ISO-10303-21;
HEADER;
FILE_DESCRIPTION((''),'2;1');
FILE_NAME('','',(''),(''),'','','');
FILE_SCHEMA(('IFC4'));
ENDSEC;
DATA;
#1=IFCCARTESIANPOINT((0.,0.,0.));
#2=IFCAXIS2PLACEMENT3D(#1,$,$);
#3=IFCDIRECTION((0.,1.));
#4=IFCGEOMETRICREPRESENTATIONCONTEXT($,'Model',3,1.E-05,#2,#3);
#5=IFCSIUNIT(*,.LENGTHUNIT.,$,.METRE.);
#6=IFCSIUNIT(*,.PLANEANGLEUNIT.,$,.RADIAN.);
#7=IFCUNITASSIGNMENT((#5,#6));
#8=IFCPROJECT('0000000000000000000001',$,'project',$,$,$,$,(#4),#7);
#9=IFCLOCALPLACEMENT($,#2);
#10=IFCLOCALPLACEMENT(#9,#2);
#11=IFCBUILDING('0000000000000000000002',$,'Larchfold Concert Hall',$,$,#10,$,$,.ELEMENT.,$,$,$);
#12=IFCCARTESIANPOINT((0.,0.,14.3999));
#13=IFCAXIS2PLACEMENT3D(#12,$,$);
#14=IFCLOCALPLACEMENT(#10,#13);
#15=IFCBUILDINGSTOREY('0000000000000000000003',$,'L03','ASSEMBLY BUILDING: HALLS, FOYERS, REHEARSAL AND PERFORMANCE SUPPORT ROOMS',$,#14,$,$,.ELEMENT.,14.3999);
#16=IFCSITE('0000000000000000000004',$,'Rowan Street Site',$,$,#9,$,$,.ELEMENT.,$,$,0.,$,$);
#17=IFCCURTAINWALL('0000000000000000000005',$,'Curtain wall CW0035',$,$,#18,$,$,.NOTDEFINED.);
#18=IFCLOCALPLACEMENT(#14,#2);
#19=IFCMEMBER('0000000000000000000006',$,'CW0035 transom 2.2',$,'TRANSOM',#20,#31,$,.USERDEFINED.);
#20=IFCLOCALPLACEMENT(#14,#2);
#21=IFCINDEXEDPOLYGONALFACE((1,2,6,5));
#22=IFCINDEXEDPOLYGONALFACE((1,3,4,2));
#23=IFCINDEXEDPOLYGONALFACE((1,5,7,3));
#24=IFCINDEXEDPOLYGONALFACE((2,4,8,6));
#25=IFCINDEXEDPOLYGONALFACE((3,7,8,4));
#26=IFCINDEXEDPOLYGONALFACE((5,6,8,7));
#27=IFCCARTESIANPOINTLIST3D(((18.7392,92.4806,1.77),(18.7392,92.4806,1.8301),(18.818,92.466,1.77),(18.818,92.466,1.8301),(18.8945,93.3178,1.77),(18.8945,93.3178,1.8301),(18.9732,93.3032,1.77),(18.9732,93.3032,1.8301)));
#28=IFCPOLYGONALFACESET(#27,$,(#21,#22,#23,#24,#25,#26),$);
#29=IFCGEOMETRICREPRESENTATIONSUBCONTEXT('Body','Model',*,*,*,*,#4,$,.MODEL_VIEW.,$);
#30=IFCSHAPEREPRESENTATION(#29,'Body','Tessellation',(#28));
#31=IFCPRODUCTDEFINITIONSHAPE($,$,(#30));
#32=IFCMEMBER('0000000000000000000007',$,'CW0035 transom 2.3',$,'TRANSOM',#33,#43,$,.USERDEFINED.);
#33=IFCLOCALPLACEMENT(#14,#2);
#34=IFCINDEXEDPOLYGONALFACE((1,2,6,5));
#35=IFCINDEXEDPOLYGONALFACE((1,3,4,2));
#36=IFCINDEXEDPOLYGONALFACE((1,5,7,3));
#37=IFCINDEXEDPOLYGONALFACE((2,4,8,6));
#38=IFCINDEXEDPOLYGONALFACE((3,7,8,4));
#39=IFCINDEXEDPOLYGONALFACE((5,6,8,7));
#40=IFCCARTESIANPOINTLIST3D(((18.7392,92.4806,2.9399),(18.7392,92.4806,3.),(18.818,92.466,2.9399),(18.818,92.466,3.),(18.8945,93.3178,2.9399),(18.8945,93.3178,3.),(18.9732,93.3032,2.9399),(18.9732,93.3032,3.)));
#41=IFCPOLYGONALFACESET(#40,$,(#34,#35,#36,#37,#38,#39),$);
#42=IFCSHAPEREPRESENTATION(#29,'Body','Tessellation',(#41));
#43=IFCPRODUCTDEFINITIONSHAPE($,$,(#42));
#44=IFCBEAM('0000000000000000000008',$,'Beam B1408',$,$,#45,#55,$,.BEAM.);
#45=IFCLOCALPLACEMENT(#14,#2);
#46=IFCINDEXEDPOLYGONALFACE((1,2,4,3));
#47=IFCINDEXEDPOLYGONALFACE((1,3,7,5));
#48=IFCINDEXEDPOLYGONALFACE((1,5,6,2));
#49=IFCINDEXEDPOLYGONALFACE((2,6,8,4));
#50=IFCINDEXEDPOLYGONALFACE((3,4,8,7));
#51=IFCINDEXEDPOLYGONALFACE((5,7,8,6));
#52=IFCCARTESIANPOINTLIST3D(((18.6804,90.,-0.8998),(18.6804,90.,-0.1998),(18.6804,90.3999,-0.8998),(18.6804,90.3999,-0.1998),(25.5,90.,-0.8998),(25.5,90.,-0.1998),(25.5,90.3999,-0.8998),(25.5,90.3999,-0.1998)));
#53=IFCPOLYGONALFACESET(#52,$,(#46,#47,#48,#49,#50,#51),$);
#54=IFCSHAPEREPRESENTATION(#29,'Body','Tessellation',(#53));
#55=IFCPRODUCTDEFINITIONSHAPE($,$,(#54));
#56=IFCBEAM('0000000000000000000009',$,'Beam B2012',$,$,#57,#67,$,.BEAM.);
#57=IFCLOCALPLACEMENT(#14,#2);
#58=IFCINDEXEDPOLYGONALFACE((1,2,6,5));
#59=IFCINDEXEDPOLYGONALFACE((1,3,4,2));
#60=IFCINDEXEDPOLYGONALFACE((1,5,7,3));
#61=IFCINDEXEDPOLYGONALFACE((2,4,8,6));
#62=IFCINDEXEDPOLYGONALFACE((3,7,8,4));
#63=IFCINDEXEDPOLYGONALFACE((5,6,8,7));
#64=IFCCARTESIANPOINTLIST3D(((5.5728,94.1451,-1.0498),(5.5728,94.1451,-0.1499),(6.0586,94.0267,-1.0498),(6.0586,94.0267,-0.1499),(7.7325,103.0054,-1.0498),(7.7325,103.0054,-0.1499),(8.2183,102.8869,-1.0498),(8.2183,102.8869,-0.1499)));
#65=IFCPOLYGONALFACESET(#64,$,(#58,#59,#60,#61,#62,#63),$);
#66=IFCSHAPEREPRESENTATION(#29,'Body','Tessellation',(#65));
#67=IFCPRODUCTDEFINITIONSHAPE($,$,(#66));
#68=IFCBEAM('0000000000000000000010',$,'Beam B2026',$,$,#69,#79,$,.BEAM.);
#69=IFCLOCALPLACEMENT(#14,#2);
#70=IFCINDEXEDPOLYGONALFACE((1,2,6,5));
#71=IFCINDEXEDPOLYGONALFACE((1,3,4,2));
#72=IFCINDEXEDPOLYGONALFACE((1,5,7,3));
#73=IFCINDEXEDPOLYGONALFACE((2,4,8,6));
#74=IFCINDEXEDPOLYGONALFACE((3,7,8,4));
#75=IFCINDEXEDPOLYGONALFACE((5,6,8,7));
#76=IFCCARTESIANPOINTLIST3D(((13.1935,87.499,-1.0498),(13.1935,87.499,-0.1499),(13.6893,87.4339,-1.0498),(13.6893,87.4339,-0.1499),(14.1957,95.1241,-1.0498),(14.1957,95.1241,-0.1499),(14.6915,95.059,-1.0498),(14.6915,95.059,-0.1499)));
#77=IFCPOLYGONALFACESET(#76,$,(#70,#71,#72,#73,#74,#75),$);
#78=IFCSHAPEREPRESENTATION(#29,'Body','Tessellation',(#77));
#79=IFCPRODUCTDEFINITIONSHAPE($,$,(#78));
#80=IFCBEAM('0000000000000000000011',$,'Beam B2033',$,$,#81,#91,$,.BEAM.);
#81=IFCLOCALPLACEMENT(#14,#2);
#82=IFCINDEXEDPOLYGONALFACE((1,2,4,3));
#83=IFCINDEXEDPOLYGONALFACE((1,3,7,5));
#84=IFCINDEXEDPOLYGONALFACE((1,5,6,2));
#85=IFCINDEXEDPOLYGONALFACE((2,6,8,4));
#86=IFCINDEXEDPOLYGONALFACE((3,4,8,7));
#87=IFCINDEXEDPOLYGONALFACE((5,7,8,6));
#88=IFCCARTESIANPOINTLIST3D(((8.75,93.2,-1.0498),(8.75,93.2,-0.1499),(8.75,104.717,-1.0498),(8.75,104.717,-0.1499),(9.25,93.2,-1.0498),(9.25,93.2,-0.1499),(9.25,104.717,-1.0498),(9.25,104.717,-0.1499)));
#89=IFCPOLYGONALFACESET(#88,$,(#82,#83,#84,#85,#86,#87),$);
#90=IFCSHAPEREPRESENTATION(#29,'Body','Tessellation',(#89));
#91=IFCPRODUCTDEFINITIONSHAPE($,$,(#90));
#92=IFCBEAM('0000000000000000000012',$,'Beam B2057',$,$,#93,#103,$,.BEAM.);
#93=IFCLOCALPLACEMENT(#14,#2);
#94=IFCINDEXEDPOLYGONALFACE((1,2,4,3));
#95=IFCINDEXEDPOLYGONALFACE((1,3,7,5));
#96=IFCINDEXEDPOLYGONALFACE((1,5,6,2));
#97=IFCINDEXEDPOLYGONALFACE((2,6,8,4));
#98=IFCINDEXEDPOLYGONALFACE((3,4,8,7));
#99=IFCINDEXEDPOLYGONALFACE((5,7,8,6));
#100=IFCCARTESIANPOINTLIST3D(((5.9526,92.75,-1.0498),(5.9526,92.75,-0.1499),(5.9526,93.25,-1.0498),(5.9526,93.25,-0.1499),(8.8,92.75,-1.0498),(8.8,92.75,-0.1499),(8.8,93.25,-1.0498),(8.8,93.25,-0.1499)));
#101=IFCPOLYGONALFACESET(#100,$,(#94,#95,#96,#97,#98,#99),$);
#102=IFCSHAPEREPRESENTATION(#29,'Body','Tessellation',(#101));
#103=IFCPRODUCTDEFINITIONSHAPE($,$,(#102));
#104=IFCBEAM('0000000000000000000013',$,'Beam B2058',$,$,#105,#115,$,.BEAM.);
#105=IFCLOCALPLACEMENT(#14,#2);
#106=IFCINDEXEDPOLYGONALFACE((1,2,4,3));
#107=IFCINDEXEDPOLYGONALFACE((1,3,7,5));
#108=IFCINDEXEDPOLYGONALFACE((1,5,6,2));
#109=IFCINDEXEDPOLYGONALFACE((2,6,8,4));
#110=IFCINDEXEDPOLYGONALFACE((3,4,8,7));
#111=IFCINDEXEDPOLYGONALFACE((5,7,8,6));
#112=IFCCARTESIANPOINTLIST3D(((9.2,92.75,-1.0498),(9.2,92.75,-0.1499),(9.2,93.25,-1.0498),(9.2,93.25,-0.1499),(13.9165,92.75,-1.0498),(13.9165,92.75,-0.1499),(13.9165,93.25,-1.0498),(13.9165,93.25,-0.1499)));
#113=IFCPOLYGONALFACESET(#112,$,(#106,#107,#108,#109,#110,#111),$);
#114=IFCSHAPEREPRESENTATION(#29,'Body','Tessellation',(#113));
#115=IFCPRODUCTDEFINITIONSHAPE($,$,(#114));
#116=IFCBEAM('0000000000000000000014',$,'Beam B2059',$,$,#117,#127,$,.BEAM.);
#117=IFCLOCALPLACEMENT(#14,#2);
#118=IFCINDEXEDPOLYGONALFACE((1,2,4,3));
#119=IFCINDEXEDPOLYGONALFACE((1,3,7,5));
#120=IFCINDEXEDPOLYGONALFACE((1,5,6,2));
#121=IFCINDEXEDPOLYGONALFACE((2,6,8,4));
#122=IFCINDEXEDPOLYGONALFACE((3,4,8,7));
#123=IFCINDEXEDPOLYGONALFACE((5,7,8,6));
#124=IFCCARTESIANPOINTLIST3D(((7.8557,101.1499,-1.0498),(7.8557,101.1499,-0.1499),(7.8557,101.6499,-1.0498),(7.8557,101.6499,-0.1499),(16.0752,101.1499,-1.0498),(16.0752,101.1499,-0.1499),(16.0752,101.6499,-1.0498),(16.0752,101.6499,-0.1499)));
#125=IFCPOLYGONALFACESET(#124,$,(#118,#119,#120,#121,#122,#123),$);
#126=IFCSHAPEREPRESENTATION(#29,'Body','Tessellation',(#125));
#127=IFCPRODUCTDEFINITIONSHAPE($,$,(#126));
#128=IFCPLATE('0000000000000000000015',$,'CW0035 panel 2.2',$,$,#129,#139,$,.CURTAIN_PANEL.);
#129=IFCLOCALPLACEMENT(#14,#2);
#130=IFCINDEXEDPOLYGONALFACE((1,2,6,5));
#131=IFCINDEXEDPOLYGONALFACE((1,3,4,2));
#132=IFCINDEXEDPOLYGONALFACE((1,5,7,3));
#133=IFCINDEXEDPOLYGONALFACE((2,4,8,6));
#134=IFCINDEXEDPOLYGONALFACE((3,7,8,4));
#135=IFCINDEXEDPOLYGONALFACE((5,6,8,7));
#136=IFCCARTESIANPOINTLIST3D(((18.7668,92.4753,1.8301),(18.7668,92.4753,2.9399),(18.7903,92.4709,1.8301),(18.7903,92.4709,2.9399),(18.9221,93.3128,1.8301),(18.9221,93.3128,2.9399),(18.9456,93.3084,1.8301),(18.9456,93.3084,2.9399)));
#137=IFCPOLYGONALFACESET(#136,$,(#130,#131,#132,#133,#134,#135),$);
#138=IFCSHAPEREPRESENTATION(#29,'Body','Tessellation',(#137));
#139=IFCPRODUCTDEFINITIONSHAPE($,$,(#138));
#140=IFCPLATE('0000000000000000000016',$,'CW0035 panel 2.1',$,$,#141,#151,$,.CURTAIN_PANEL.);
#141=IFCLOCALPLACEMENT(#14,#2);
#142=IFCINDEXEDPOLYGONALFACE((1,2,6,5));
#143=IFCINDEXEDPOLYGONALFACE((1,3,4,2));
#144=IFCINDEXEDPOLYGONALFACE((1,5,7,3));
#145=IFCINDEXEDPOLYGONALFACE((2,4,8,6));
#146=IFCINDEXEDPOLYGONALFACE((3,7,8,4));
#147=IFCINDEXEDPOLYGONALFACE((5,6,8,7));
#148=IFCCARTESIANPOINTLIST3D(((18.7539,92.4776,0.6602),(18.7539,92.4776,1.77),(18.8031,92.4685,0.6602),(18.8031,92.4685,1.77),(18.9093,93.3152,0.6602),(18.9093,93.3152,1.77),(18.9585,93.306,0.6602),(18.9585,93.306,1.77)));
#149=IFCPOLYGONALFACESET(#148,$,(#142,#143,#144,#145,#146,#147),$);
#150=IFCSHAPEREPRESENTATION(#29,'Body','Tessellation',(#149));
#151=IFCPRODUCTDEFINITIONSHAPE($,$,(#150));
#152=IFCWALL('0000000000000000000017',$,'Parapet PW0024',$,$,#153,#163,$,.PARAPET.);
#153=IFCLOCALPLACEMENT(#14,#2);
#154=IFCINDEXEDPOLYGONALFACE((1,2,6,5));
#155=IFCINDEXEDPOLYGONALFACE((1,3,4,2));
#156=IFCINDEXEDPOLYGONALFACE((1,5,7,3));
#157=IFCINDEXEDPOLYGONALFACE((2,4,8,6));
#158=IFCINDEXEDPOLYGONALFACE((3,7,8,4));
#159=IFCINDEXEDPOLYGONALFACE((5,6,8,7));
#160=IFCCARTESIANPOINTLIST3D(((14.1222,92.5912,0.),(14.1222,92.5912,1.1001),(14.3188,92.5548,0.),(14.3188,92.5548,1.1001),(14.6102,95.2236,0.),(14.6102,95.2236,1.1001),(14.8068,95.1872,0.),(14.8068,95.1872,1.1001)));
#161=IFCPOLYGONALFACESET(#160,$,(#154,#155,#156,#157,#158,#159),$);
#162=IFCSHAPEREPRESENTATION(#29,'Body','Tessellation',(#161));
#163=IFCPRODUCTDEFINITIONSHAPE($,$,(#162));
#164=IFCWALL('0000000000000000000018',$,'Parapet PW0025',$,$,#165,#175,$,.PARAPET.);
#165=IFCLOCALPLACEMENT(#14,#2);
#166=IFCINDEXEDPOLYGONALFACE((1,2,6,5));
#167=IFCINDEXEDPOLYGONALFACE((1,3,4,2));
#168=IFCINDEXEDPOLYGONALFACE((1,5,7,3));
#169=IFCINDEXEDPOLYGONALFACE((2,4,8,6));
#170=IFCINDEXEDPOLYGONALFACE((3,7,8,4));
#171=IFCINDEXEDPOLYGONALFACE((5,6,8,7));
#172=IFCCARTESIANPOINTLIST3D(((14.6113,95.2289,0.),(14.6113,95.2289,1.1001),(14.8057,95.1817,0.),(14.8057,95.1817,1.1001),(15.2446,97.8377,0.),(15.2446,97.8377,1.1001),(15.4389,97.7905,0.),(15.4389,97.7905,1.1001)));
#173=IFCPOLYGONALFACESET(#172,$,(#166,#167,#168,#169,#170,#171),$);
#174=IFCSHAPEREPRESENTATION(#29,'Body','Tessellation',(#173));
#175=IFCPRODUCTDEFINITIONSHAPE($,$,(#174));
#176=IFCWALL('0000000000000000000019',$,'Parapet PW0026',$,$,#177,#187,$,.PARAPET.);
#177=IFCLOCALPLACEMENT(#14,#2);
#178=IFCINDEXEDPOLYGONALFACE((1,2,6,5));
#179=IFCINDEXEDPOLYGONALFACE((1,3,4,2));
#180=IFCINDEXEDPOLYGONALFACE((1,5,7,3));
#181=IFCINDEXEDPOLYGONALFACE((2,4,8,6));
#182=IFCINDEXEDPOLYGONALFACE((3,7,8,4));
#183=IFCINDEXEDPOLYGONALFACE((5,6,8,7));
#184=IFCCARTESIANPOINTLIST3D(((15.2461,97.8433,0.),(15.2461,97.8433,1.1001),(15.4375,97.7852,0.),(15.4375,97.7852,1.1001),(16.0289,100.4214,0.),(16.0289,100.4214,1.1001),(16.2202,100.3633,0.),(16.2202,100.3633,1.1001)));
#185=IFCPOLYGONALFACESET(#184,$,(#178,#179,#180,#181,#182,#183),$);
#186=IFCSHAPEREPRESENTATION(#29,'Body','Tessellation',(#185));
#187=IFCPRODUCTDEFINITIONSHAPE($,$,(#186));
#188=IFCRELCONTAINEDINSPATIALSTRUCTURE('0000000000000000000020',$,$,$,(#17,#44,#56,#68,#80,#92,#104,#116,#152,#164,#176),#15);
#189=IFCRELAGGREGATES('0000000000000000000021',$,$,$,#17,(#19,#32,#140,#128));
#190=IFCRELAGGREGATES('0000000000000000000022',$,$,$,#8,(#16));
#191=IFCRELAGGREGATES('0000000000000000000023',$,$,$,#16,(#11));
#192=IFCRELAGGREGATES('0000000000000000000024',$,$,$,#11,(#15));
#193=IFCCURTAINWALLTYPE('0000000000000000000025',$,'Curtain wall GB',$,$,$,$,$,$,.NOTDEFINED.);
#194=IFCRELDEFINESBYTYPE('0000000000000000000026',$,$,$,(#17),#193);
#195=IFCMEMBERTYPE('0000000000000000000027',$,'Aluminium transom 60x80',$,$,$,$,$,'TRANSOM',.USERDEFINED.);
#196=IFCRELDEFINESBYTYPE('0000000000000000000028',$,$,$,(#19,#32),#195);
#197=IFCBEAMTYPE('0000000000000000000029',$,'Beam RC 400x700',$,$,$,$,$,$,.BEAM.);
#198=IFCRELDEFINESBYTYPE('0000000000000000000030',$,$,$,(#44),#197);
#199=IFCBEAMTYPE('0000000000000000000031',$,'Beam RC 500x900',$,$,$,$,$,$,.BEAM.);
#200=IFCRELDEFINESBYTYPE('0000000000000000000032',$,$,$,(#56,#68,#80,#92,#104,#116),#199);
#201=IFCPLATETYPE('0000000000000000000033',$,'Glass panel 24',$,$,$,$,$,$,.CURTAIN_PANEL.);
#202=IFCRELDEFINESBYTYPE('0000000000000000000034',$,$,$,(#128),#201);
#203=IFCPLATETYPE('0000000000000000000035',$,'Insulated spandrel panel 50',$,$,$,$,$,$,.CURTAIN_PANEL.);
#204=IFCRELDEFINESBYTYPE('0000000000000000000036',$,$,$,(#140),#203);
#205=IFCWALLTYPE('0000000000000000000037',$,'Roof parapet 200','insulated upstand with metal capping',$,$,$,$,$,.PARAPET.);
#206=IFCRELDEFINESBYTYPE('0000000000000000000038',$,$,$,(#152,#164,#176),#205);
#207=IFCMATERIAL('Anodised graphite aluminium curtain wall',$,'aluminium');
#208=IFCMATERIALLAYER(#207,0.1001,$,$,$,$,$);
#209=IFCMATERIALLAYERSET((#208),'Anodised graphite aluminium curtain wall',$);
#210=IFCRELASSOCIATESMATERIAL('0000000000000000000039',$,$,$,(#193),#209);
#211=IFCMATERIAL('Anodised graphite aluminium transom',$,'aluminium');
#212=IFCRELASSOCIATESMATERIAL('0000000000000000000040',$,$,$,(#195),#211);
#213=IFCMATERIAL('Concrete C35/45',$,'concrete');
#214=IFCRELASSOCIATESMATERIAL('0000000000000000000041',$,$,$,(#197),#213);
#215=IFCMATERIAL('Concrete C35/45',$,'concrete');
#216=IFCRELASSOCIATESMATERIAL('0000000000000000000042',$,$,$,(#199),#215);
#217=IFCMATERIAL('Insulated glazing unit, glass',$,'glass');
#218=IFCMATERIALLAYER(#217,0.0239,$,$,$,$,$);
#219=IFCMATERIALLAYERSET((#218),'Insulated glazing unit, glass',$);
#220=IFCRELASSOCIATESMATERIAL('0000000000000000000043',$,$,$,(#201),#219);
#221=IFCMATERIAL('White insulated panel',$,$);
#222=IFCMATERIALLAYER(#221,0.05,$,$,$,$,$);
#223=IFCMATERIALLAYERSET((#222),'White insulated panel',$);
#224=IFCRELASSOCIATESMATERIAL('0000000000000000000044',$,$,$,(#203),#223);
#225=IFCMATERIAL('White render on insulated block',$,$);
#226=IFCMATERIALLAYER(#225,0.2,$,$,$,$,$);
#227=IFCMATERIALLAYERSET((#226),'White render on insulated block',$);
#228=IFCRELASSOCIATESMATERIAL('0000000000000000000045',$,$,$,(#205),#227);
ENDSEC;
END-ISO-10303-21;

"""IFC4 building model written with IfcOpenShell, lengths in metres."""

from ifc_helpers import new_model, si_unit, direction, frame, frame_2d, origin, origin_2d, place, context, subcontext, project, spatial, rectangle, extrude, material, layer, layer_set, material_profile, profile_set, type_object, element, aggregate, save


model = new_model("IFC4")

# Units and contexts
model_context = context("Model", 3, precision=1e-05, world=origin(), true_north=direction((0.0, 1.0)))
body_context = subcontext(model_context, "Body", "Model", "MODEL_VIEW")
ifc_project = project(units=[si_unit("LENGTHUNIT", "METRE"), si_unit("PLANEANGLEUNIT", "RADIAN")], contexts=[model_context])

# Site, building, storey
site_placement = place(None, origin())
site = spatial("IfcSite", under=ifc_project, at=site_placement, Name="Rowan Street Site", CompositionType="ELEMENT", RefElevation=0.0)
building_placement = place(site_placement, origin())
building = spatial("IfcBuilding", under=site, at=building_placement, Name="Larchfold Concert Hall", CompositionType="ELEMENT")
storey_placement = place(building_placement, frame((0.0, 0.0, 14.3999)))
storey = spatial("IfcBuildingStorey", under=building, at=storey_placement, Name="L03", Description="ASSEMBLY BUILDING: HALLS, FOYERS, REHEARSAL AND PERFORMANCE SUPPORT ROOMS", CompositionType="ELEMENT", Elevation=14.3999)

# Curtain wall
ifc_material_1 = material(Name="Anodised graphite aluminium curtain wall", Category="aluminium")
ifc_layer_1 = layer(ifc_material_1, 0.1001)
ifc_layer_set_1 = layer_set([ifc_layer_1], Name="Anodised graphite aluminium curtain wall")
curtain_wall_type = type_object("IfcCurtainWallType", Name="Curtain wall GB", PredefinedType="NOTDEFINED", material=ifc_layer_set_1)
curtain_wall_1_placement = place(storey_placement, origin())
curtain_wall_1 = element("IfcCurtainWall", 1, at=curtain_wall_1_placement, inside=storey, type_object=curtain_wall_type, Name="Curtain wall CW0035", PredefinedType="NOTDEFINED")

# Members
ifc_material_2 = material(Name="Anodised graphite aluminium transom", Category="aluminium")
ifc_material_profile_1 = material_profile(ifc_material_2, rectangle(XDim=0.0801, YDim=0.0601, at=origin_2d()))
ifc_profile_set_1 = profile_set([ifc_material_profile_1], Name="Anodised graphite aluminium transom")
member_type_1 = type_object("IfcMemberType", Name="Aluminium transom 60x80", ElementType="TRANSOM", PredefinedType="USERDEFINED", material=ifc_profile_set_1)
member_1_placement = place(storey_placement, frame((18.9338, 93.3105, 1.8), z_axis=(-0.182315, -0.98324, 0.0), x_axis=(0.98324, -0.182315, 0.0)))
member_1 = element("IfcMember", 2, at=member_1_placement, type_object=member_type_1, Name="CW0035 transom 2.2", ObjectType="TRANSOM", PredefinedType="USERDEFINED", context=body_context, shape_type="SweptSolid", body=[
    extrude(rectangle(XDim=0.0801, YDim=0.0601, at=origin_2d()), origin(), (0.0, 0.0, 1.0), 0.8516),
])
member_2_placement = place(storey_placement, frame((18.9338, 93.3105, 2.97), z_axis=(-0.182315, -0.98324, 0.0), x_axis=(0.98324, -0.182315, 0.0)))
member_2 = element("IfcMember", 3, at=member_2_placement, type_object=member_type_1, Name="CW0035 transom 2.3", ObjectType="TRANSOM", PredefinedType="USERDEFINED", context=body_context, shape_type="SweptSolid", body=[
    extrude(rectangle(XDim=0.0801, YDim=0.0601, at=origin_2d()), origin(), (0.0, 0.0, 1.0), 0.8516),
])

# Beams
ifc_material_3 = material(Name="Concrete C35/45", Category="concrete")
ifc_material_profile_2 = material_profile(ifc_material_3, rectangle(XDim=0.3999, YDim=0.7, at=origin_2d()))
ifc_profile_set_2 = profile_set([ifc_material_profile_2], Name="Concrete C35/45")
beam_type_1 = type_object("IfcBeamType", Name="Beam RC 400x700", PredefinedType="BEAM", material=ifc_profile_set_2)
beam_1_placement = place(storey_placement, frame((18.6804, 90.2, -0.5498), z_axis=(1.0, 0.0, 0.0), x_axis=(0.0, 1.0, 0.0)))
element("IfcBeam", 4, at=beam_1_placement, inside=storey, type_object=beam_type_1, Name="Beam B1408", PredefinedType="BEAM", context=body_context, shape_type="SweptSolid", body=[
    extrude(rectangle(XDim=0.3999, YDim=0.7, at=origin_2d()), origin(), (0.0, 0.0, 1.0), 6.8196),
])
ifc_material_4 = material(Name="Concrete C35/45", Category="concrete")
ifc_material_profile_3 = material_profile(ifc_material_4, rectangle(XDim=0.5, YDim=0.8999, at=origin_2d()))
ifc_profile_set_3 = profile_set([ifc_material_profile_3], Name="Concrete C35/45")
beam_type_2 = type_object("IfcBeamType", Name="Beam RC 500x900", PredefinedType="BEAM", material=ifc_profile_set_3)
beam_2_placement = place(storey_placement, frame((5.8157, 94.0859, -0.5999), z_axis=(0.236818, 0.971554, 0.0), x_axis=(-0.971554, 0.236818, 0.0)))
element("IfcBeam", 5, at=beam_2_placement, inside=storey, type_object=beam_type_2, Name="Beam B2012", PredefinedType="BEAM", context=body_context, shape_type="SweptSolid", body=[
    extrude(rectangle(XDim=0.5, YDim=0.8999, at=origin_2d()), origin(), (0.0, 0.0, 1.0), 9.1196),
])
beam_3_placement = place(storey_placement, frame((14.4436, 95.0916, -0.5999), z_axis=(-0.130315, -0.991473, 0.0), x_axis=(0.991473, -0.130315, 0.0)))
element("IfcBeam", 6, at=beam_3_placement, inside=storey, type_object=beam_type_2, Name="Beam B2026", PredefinedType="BEAM", context=body_context, shape_type="SweptSolid", body=[
    extrude(rectangle(XDim=0.5, YDim=0.8999, at=origin_2d()), origin(), (0.0, 0.0, 1.0), 7.6907),
])
beam_4_placement = place(storey_placement, frame((9.0, 93.2, -0.5999), z_axis=(0.0, 1.0, 0.0), x_axis=(-1.0, 0.0, 0.0)))
element("IfcBeam", 7, at=beam_4_placement, inside=storey, type_object=beam_type_2, Name="Beam B2033", PredefinedType="BEAM", context=body_context, shape_type="SweptSolid", body=[
    extrude(rectangle(XDim=0.5, YDim=0.8999, at=origin_2d()), origin(), (0.0, 0.0, 1.0), 11.5171),
])
beam_5_placement = place(storey_placement, frame((5.9526, 93.0, -0.5999), z_axis=(1.0, 0.0, 0.0), x_axis=(0.0, 1.0, 0.0)))
element("IfcBeam", 8, at=beam_5_placement, inside=storey, type_object=beam_type_2, Name="Beam B2057", PredefinedType="BEAM", context=body_context, shape_type="SweptSolid", body=[
    extrude(rectangle(XDim=0.5, YDim=0.8999, at=origin_2d()), origin(), (0.0, 0.0, 1.0), 2.8474),
])
beam_6_placement = place(storey_placement, frame((9.2, 93.0, -0.5999), z_axis=(1.0, 0.0, 0.0), x_axis=(0.0, 1.0, 0.0)))
element("IfcBeam", 9, at=beam_6_placement, inside=storey, type_object=beam_type_2, Name="Beam B2058", PredefinedType="BEAM", context=body_context, shape_type="SweptSolid", body=[
    extrude(rectangle(XDim=0.5, YDim=0.8999, at=origin_2d()), origin(), (0.0, 0.0, 1.0), 4.7166),
])
beam_7_placement = place(storey_placement, frame((7.8557, 101.3999, -0.5999), z_axis=(1.0, 0.0, 0.0), x_axis=(0.0, 1.0, 0.0)))
element("IfcBeam", 10, at=beam_7_placement, inside=storey, type_object=beam_type_2, Name="Beam B2059", PredefinedType="BEAM", context=body_context, shape_type="SweptSolid", body=[
    extrude(rectangle(XDim=0.5, YDim=0.8999, at=origin_2d()), origin(), (0.0, 0.0, 1.0), 8.2195),
])

# Plates
ifc_material_5 = material(Name="Insulated glazing unit, glass", Category="glass")
ifc_layer_2 = layer(ifc_material_5, 0.0239)
ifc_layer_set_2 = layer_set([ifc_layer_2], Name="Insulated glazing unit, glass")
plate_type_1 = type_object("IfcPlateType", Name="Glass panel 24", PredefinedType="CURTAIN_PANEL", material=ifc_layer_set_2)
plate_1_placement = place(storey_placement, frame((18.8562, 92.8918, 1.8301), z_axis=(0.0, 0.0, 1.0), x_axis=(-0.182363, -0.983231, 0.0)))
plate_1 = element("IfcPlate", 11, at=plate_1_placement, type_object=plate_type_1, Name="CW0035 panel 2.2", PredefinedType="CURTAIN_PANEL", context=body_context, shape_type="SweptSolid", body=[
    extrude(rectangle(XDim=0.8518, YDim=0.0239, at=origin_2d()), origin(), (0.0, 0.0, 1.0), 1.1099),
])
ifc_material_6 = material(Name="White insulated panel")
ifc_layer_3 = layer(ifc_material_6, 0.05)
ifc_layer_set_3 = layer_set([ifc_layer_3], Name="White insulated panel")
plate_type_2 = type_object("IfcPlateType", Name="Insulated spandrel panel 50", PredefinedType="CURTAIN_PANEL", material=ifc_layer_set_3)
plate_2_placement = place(storey_placement, frame((18.8562, 92.8918, 0.6602), z_axis=(0.0, 0.0, 1.0), x_axis=(-0.182363, -0.983231, 0.0)))
plate_2 = element("IfcPlate", 12, at=plate_2_placement, type_object=plate_type_2, Name="CW0035 panel 2.1", PredefinedType="CURTAIN_PANEL", context=body_context, shape_type="SweptSolid", body=[
    extrude(rectangle(XDim=0.8518, YDim=0.05, at=origin_2d()), origin(), (0.0, 0.0, 1.0), 1.1099),
])
aggregate(curtain_wall_1, [member_1, member_2, plate_2, plate_1])

# Walls
ifc_material_7 = material(Name="White render on insulated block")
ifc_layer_4 = layer(ifc_material_7, 0.2)
ifc_layer_set_4 = layer_set([ifc_layer_4], Name="White render on insulated block")
wall_type_1 = type_object("IfcWallType", Name="Roof parapet 200", Description="insulated upstand with metal capping", PredefinedType="PARAPET", material=ifc_layer_set_4)
wall_1_placement = place(storey_placement, frame((14.2205, 92.573, 0.0), z_axis=(0.0, 0.0, 1.0), x_axis=(0.182295, 0.983244, 0.0)))
element("IfcWall", 13, at=wall_1_placement, inside=storey, type_object=wall_type_1, Name="Parapet PW0024", PredefinedType="PARAPET", context=body_context, shape_type="SweptSolid", body=[
    extrude(rectangle(XDim=2.6772, YDim=0.2, at=frame_2d((1.3386, 0.0))), origin(), (0.0, 0.0, 1.0), 1.1001),
])
wall_2_placement = place(storey_placement, frame((14.7085, 95.2053, 0.0), z_axis=(0.0, 0.0, 1.0), x_axis=(0.235897, 0.971778, 0.0)))
element("IfcWall", 14, at=wall_2_placement, inside=storey, type_object=wall_type_1, Name="Parapet PW0025", PredefinedType="PARAPET", context=body_context, shape_type="SweptSolid", body=[
    extrude(rectangle(XDim=2.6846, YDim=0.2, at=frame_2d((1.3423, 0.0))), origin(), (0.0, 0.0, 1.0), 1.1001),
])
wall_3_placement = place(storey_placement, frame((15.3418, 97.8142, 0.0), z_axis=(0.0, 0.0, 1.0), x_axis=(0.290505, 0.956873, 0.0)))
element("IfcWall", 15, at=wall_3_placement, inside=storey, type_object=wall_type_1, Name="Parapet PW0026", PredefinedType="PARAPET", context=body_context, shape_type="SweptSolid", body=[
    extrude(rectangle(XDim=2.6943, YDim=0.2, at=frame_2d((1.3472, 0.0))), origin(), (0.0, 0.0, 1.0), 1.1001),
])

save(model, "model.ifc")
